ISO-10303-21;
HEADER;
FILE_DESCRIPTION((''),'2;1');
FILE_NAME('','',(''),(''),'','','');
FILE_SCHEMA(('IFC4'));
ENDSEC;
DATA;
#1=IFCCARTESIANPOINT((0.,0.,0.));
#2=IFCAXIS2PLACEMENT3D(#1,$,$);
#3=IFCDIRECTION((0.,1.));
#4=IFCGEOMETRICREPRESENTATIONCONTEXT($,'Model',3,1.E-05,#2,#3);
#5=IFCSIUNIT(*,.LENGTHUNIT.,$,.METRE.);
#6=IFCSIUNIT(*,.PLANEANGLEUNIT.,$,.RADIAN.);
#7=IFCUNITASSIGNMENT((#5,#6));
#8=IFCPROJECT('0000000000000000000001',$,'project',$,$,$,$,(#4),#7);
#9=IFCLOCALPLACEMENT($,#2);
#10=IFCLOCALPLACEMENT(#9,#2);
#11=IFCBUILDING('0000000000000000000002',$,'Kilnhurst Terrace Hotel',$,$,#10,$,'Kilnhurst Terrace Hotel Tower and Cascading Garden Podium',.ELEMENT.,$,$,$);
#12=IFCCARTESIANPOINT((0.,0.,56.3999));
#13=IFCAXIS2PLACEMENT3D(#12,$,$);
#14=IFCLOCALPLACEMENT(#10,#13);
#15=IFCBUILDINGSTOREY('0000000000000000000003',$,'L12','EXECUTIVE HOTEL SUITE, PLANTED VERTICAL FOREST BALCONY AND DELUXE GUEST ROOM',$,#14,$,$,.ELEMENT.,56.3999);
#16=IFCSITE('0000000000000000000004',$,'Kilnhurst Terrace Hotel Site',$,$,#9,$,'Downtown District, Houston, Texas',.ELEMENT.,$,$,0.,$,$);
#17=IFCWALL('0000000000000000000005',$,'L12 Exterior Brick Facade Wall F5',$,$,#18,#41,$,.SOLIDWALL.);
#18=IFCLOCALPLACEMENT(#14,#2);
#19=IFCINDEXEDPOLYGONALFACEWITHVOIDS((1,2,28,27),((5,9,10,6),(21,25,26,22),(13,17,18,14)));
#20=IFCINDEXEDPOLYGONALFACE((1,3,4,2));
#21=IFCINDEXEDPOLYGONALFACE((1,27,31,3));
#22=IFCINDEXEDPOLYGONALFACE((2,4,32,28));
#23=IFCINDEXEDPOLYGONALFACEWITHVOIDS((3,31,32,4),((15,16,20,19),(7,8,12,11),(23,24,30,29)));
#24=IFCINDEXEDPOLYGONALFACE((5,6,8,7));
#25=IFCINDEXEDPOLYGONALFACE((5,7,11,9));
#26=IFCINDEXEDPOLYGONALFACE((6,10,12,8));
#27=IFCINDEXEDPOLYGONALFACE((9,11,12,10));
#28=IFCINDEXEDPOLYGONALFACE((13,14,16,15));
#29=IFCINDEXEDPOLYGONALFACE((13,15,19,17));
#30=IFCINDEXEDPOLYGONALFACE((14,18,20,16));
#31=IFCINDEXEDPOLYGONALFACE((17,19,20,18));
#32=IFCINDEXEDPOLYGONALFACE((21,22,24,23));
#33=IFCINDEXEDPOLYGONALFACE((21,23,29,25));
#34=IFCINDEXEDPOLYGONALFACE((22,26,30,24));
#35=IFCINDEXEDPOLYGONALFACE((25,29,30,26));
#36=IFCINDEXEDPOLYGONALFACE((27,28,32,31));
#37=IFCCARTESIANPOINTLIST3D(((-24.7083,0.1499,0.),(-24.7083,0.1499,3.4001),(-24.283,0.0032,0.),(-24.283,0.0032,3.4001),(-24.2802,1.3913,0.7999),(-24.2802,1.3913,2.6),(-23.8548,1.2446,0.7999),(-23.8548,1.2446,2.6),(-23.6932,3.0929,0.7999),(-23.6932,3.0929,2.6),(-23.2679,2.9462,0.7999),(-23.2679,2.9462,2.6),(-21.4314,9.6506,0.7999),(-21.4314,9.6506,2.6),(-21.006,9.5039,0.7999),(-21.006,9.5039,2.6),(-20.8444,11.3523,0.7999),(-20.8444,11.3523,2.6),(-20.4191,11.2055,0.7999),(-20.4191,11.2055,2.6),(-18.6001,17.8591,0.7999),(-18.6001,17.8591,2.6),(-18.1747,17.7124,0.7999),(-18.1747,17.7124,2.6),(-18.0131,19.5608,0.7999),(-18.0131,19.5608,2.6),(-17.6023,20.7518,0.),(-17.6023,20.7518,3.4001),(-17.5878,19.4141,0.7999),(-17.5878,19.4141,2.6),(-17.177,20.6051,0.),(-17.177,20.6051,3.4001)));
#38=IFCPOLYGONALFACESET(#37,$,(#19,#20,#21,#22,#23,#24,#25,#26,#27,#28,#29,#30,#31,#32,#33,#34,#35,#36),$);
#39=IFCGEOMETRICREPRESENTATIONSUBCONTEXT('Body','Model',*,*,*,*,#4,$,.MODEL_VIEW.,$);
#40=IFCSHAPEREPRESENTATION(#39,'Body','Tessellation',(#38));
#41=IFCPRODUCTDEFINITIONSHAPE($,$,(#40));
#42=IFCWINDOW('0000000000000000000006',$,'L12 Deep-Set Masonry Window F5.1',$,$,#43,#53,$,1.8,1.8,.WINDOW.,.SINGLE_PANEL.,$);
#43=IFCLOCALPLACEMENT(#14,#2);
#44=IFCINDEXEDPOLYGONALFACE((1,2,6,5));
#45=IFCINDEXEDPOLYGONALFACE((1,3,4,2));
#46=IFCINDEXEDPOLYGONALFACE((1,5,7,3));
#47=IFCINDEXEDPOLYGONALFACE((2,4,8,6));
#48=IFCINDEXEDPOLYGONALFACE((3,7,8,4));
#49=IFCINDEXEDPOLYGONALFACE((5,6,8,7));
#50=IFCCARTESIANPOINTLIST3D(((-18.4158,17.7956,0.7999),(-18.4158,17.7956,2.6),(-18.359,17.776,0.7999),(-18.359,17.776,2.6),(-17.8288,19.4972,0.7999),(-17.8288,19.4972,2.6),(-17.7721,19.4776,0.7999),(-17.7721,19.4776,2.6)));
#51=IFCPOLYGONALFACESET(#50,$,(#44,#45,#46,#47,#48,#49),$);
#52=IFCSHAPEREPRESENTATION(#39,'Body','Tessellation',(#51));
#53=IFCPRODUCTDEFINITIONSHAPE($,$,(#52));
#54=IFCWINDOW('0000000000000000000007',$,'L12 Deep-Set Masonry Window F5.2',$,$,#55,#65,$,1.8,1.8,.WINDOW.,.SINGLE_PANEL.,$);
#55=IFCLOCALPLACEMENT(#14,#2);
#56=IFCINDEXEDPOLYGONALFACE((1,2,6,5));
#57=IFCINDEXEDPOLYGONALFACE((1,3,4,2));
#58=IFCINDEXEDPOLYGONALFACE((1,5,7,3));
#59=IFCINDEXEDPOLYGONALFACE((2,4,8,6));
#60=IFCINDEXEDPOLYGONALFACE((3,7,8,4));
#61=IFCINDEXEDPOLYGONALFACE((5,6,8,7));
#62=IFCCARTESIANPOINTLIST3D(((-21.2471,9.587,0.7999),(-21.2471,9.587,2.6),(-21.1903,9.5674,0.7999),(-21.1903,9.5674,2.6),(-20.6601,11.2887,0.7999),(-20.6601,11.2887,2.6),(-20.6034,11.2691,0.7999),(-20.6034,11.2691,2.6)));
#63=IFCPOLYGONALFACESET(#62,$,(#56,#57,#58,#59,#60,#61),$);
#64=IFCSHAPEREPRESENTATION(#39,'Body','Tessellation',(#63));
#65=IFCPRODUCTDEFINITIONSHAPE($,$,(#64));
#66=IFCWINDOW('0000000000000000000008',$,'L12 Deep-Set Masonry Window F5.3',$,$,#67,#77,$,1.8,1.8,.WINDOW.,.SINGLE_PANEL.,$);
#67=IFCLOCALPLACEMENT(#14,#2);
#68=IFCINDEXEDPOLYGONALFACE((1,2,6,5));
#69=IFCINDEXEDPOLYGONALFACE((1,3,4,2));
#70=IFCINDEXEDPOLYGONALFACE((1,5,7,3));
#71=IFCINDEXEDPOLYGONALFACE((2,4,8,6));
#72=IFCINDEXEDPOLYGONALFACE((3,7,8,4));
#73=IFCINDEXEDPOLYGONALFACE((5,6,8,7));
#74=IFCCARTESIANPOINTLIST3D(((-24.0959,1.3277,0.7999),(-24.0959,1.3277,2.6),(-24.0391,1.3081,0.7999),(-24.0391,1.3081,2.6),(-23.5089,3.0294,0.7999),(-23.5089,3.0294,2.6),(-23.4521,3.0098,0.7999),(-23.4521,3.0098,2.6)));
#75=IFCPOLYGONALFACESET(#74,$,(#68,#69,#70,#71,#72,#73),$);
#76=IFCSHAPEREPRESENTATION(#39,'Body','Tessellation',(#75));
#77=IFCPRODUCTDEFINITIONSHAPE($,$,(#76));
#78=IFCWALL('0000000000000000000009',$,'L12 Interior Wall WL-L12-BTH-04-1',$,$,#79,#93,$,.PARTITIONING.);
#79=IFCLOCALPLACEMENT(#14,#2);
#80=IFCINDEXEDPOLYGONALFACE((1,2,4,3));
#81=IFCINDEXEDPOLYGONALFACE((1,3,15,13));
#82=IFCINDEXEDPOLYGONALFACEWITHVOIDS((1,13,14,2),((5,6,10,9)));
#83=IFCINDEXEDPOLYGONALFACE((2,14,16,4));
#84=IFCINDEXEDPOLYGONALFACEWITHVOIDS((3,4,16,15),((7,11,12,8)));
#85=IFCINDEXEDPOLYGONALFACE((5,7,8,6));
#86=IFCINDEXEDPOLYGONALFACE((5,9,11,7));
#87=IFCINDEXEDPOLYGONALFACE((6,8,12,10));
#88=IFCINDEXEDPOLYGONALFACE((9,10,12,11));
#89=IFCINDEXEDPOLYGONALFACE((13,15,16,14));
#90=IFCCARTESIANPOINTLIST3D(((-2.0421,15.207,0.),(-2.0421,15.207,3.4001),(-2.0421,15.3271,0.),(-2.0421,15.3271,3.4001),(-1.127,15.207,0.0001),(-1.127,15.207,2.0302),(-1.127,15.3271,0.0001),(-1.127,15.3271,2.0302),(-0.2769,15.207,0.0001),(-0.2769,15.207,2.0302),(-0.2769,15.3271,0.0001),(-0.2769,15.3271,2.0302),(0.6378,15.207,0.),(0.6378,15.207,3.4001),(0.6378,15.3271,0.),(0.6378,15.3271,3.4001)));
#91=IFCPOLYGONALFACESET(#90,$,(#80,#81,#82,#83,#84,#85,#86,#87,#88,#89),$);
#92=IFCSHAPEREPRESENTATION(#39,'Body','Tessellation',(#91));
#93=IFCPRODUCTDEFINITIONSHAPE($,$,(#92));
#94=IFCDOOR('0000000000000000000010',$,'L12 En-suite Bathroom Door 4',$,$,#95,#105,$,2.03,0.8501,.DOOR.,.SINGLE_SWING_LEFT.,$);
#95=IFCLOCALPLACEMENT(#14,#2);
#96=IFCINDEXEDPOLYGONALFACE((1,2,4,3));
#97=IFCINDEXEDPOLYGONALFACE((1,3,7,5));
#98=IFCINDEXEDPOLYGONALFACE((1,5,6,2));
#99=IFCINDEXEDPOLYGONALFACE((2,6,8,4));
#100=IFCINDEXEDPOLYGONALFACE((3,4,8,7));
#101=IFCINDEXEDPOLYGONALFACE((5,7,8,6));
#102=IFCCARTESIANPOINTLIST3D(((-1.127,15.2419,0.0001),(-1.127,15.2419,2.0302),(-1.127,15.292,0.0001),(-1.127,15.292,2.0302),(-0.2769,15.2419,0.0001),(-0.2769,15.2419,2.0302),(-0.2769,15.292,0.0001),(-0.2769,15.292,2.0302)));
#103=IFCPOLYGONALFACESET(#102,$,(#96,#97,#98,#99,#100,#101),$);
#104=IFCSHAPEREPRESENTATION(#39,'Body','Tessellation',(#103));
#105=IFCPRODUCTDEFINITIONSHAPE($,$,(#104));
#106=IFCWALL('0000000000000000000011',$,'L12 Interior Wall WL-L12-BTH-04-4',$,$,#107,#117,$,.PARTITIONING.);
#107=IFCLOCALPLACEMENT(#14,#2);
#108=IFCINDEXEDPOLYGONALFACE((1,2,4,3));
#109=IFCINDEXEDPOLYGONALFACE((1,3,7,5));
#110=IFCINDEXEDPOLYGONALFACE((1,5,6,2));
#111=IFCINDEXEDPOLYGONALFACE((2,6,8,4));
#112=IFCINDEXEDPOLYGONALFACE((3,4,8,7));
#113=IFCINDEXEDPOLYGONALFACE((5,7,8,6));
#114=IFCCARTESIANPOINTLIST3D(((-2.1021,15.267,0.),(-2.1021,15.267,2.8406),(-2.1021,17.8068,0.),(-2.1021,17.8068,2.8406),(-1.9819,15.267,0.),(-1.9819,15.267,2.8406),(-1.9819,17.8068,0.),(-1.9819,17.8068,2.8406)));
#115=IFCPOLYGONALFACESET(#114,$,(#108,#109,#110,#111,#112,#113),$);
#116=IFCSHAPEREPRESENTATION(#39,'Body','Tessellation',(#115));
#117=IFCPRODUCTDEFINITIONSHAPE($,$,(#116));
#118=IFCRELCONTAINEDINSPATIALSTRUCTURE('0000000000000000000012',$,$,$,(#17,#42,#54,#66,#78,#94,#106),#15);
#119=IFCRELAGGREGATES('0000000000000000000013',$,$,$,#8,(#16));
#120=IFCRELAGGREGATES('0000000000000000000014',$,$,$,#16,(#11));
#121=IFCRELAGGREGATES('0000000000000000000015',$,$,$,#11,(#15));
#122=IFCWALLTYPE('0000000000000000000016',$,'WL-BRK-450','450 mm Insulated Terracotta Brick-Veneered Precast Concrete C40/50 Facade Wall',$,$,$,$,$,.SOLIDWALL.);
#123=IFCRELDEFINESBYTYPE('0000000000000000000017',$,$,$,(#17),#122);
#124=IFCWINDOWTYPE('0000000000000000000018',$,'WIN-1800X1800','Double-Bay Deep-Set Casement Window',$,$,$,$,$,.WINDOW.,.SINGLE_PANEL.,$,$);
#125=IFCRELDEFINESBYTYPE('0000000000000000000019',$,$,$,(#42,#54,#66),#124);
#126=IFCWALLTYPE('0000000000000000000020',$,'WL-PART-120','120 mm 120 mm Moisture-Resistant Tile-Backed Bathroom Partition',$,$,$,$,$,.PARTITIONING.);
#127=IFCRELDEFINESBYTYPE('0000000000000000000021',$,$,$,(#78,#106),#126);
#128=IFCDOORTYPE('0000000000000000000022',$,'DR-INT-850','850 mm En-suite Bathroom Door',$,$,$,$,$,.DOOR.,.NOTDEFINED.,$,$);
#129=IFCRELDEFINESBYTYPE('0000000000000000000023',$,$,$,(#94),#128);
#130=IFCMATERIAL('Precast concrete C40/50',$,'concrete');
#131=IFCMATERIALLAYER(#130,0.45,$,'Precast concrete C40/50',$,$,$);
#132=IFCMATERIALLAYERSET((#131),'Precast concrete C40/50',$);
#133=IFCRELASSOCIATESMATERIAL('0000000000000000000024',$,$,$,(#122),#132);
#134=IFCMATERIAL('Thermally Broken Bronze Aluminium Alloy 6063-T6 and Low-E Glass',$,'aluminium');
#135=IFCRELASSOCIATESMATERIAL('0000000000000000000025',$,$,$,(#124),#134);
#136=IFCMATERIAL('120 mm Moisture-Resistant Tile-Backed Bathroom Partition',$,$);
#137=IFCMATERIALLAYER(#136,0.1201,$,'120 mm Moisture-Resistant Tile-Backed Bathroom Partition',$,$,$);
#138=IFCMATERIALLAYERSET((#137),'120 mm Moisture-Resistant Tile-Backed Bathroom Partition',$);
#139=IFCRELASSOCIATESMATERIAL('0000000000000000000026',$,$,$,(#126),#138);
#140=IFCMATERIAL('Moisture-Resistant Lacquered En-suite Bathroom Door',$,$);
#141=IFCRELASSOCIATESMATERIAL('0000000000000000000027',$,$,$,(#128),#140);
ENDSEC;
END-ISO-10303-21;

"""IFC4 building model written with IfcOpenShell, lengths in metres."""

from ifc_helpers import new_model, si_unit, direction, frame, frame_2d, origin, place, context, subcontext, project, spatial, rectangle, extrude, material, layer, layer_set, type_object, element, fill, save


model = new_model("IFC4")

# Units and contexts
model_context = context("Model", 3, precision=1e-05, world=origin(), true_north=direction((0.0, 1.0)))
body_context = subcontext(model_context, "Body", "Model", "MODEL_VIEW")
ifc_project = project(units=[si_unit("LENGTHUNIT", "METRE"), si_unit("PLANEANGLEUNIT", "RADIAN")], contexts=[model_context])

# Site, building, storey
site_placement = place(None, origin())
site = spatial("IfcSite", under=ifc_project, at=site_placement, Name="Kilnhurst Terrace Hotel Site", LongName="Downtown District, Houston, Texas", CompositionType="ELEMENT", RefElevation=0.0)
building_placement = place(site_placement, origin())
building = spatial("IfcBuilding", under=site, at=building_placement, Name="Kilnhurst Terrace Hotel", LongName="Kilnhurst Terrace Hotel Tower and Cascading Garden Podium", CompositionType="ELEMENT")
storey_placement = place(building_placement, frame((0.0, 0.0, 56.3999)))
storey = spatial("IfcBuildingStorey", under=building, at=storey_placement, Name="L12", Description="EXECUTIVE HOTEL SUITE, PLANTED VERTICAL FOREST BALCONY AND DELUXE GUEST ROOM", CompositionType="ELEMENT", Elevation=56.3999)

# Shared definitions
ifc_material_1 = material(Name="Precast concrete C40/50", Category="concrete")
ifc_layer_1 = layer(ifc_material_1, 0.45, Name="Precast concrete C40/50")
ifc_layer_set_1 = layer_set([ifc_layer_1], Name="Precast concrete C40/50")
wall_type_1 = type_object("IfcWallType", Name="WL-BRK-450", Description="450 mm Insulated Terracotta Brick-Veneered Precast Concrete C40/50 Facade Wall", PredefinedType="SOLIDWALL", material=ifc_layer_set_1)

# Wall, openings, windows
wall_1_placement = place(storey_placement, frame((-17.3896, 20.6785, 0.0), z_axis=(0.0, 0.0, 1.0), x_axis=(-0.326068, -0.945346, 0.0)))
wall_1 = element("IfcWall", 1, at=wall_1_placement, inside=storey, type_object=wall_type_1, Name="L12 Exterior Brick Facade Wall F5", PredefinedType="SOLIDWALL", context=body_context, shape_type="SweptSolid", body=[
    extrude(rectangle(XDim=21.793, YDim=0.45, at=frame_2d((10.8965, 0.0))), origin(), (0.0, 0.0, 1.0), 3.4001),
])
opening_1_placement = place(wall_1_placement, frame((1.26, 0.0, 0.8)))
opening_1 = element("IfcOpeningElement", 2, at=opening_1_placement, cuts=wall_1, PredefinedType="OPENING", context=body_context, shape_type="SweptSolid", body=[
    extrude(rectangle(XDim=1.8, YDim=1.8, at=frame_2d((0.8999, 0.8999))), frame((0.0, 0.2349, 0.0), z_axis=(0.0, -1.0, 0.0), x_axis=(1.0, 0.0, 0.0)), (0.0, 0.0, 1.0), 0.47),
])
opening_2_placement = place(wall_1_placement, frame((9.9431, 0.0, 0.8)))
opening_2 = element("IfcOpeningElement", 3, at=opening_2_placement, cuts=wall_1, PredefinedType="OPENING", context=body_context, shape_type="SweptSolid", body=[
    extrude(rectangle(XDim=1.8, YDim=1.8, at=frame_2d((0.8999, 0.8999))), frame((0.0, 0.2349, 0.0), z_axis=(0.0, -1.0, 0.0), x_axis=(1.0, 0.0, 0.0)), (0.0, 0.0, 1.0), 0.47),
])
opening_3_placement = place(wall_1_placement, frame((18.6799, 0.0, 0.8)))
opening_3 = element("IfcOpeningElement", 4, at=opening_3_placement, cuts=wall_1, PredefinedType="OPENING", context=body_context, shape_type="SweptSolid", body=[
    extrude(rectangle(XDim=1.8, YDim=1.8, at=frame_2d((0.8999, 0.8999))), frame((0.0, 0.2349, 0.0), z_axis=(0.0, -1.0, 0.0), x_axis=(1.0, 0.0, 0.0)), (0.0, 0.0, 1.0), 0.47),
])
ifc_material_2 = material(Name="Thermally Broken Bronze Aluminium Alloy 6063-T6 and Low-E Glass", Category="aluminium")
window_type = type_object("IfcWindowType", Name="WIN-1800X1800", Description="Double-Bay Deep-Set Casement Window", PartitioningType="SINGLE_PANEL", PredefinedType="WINDOW", material=ifc_material_2)
window_1_placement = place(opening_1_placement, origin())
window_1 = element("IfcWindow", 5, at=window_1_placement, inside=storey, type_object=window_type, Name="L12 Deep-Set Masonry Window F5.1", OverallHeight=1.8, OverallWidth=1.8, PartitioningType="SINGLE_PANEL", PredefinedType="WINDOW", context=body_context, shape_type="SweptSolid", body=[
    extrude(rectangle(XDim=1.8, YDim=1.8, at=frame_2d((0.8999, 0.8999))), frame((0.0, 0.03, 0.0), z_axis=(0.0, -1.0, 0.0), x_axis=(1.0, 0.0, 0.0)), (0.0, 0.0, 1.0), 0.0601),
])
fill(opening_1, window_1)
window_2_placement = place(opening_2_placement, origin())
window_2 = element("IfcWindow", 6, at=window_2_placement, inside=storey, type_object=window_type, Name="L12 Deep-Set Masonry Window F5.2", OverallHeight=1.8, OverallWidth=1.8, PartitioningType="SINGLE_PANEL", PredefinedType="WINDOW", context=body_context, shape_type="SweptSolid", body=[
    extrude(rectangle(XDim=1.8, YDim=1.8, at=frame_2d((0.8999, 0.8999))), frame((0.0, 0.03, 0.0), z_axis=(0.0, -1.0, 0.0), x_axis=(1.0, 0.0, 0.0)), (0.0, 0.0, 1.0), 0.0601),
])
fill(opening_2, window_2)
window_3_placement = place(opening_3_placement, origin())
window_3 = element("IfcWindow", 7, at=window_3_placement, inside=storey, type_object=window_type, Name="L12 Deep-Set Masonry Window F5.3", OverallHeight=1.8, OverallWidth=1.8, PartitioningType="SINGLE_PANEL", PredefinedType="WINDOW", context=body_context, shape_type="SweptSolid", body=[
    extrude(rectangle(XDim=1.8, YDim=1.8, at=frame_2d((0.8999, 0.8999))), frame((0.0, 0.03, 0.0), z_axis=(0.0, -1.0, 0.0), x_axis=(1.0, 0.0, 0.0)), (0.0, 0.0, 1.0), 0.0601),
])
fill(opening_3, window_3)

# Wall, opening, door
ifc_material_3 = material(Name="120 mm Moisture-Resistant Tile-Backed Bathroom Partition")
ifc_layer_2 = layer(ifc_material_3, 0.1201, Name="120 mm Moisture-Resistant Tile-Backed Bathroom Partition")
ifc_layer_set_2 = layer_set([ifc_layer_2], Name="120 mm Moisture-Resistant Tile-Backed Bathroom Partition")
wall_type_2 = type_object("IfcWallType", Name="WL-PART-120", Description="120 mm 120 mm Moisture-Resistant Tile-Backed Bathroom Partition", PredefinedType="PARTITIONING", material=ifc_layer_set_2)
wall_2_placement = place(storey_placement, frame((-2.042, 15.2671, 0.0), z_axis=(0.0, 0.0, 1.0), x_axis=(1.0, 0.0, 0.0)))
wall_2 = element("IfcWall", 8, at=wall_2_placement, inside=storey, type_object=wall_type_2, Name="L12 Interior Wall WL-L12-BTH-04-1", PredefinedType="PARTITIONING", context=body_context, shape_type="SweptSolid", body=[
    extrude(rectangle(XDim=2.6799, YDim=0.1201, at=frame_2d((1.3398, 0.0))), origin(), (0.0, 0.0, 1.0), 3.4001),
])
opening_4_placement = place(wall_2_placement, frame((0.915, 0.0, 0.0)))
opening_4 = element("IfcOpeningElement", 9, at=opening_4_placement, cuts=wall_2, PredefinedType="OPENING", context=body_context, shape_type="SweptSolid", body=[
    extrude(rectangle(XDim=0.8501, YDim=2.03, at=frame_2d((0.425, 1.0151))), frame((0.0, 0.0701, 0.0), z_axis=(0.0, -1.0, 0.0), x_axis=(1.0, 0.0, 0.0)), (0.0, 0.0, 1.0), 0.1401),
])
ifc_material_4 = material(Name="Moisture-Resistant Lacquered En-suite Bathroom Door")
door_type = type_object("IfcDoorType", Name="DR-INT-850", Description="850 mm En-suite Bathroom Door", OperationType="NOTDEFINED", PredefinedType="DOOR", material=ifc_material_4)
door_placement = place(opening_4_placement, origin())
door = element("IfcDoor", 10, at=door_placement, inside=storey, type_object=door_type, Name="L12 En-suite Bathroom Door 4", OperationType="SINGLE_SWING_LEFT", OverallHeight=2.03, OverallWidth=0.8501, PredefinedType="DOOR", context=body_context, shape_type="SweptSolid", body=[
    extrude(rectangle(XDim=0.8501, YDim=2.03, at=frame_2d((0.425, 1.0151))), frame((0.0, 0.0249, 0.0), z_axis=(0.0, -1.0, 0.0), x_axis=(1.0, 0.0, 0.0)), (0.0, 0.0, 1.0), 0.05),
])
fill(opening_4, door)

# Wall
wall_3_placement = place(storey_placement, frame((-2.042, 17.8069, 0.0), z_axis=(0.0, 0.0, 1.0), x_axis=(0.0, -1.0, 0.0)))
element("IfcWall", 11, at=wall_3_placement, inside=storey, type_object=wall_type_2, Name="L12 Interior Wall WL-L12-BTH-04-4", PredefinedType="PARTITIONING", context=body_context, shape_type="SweptSolid", body=[
    extrude(rectangle(XDim=2.5398, YDim=0.1201, at=frame_2d((1.27, 0.0))), origin(), (0.0, 0.0, 1.0), 2.8406),
])

save(model, "model.ifc")
